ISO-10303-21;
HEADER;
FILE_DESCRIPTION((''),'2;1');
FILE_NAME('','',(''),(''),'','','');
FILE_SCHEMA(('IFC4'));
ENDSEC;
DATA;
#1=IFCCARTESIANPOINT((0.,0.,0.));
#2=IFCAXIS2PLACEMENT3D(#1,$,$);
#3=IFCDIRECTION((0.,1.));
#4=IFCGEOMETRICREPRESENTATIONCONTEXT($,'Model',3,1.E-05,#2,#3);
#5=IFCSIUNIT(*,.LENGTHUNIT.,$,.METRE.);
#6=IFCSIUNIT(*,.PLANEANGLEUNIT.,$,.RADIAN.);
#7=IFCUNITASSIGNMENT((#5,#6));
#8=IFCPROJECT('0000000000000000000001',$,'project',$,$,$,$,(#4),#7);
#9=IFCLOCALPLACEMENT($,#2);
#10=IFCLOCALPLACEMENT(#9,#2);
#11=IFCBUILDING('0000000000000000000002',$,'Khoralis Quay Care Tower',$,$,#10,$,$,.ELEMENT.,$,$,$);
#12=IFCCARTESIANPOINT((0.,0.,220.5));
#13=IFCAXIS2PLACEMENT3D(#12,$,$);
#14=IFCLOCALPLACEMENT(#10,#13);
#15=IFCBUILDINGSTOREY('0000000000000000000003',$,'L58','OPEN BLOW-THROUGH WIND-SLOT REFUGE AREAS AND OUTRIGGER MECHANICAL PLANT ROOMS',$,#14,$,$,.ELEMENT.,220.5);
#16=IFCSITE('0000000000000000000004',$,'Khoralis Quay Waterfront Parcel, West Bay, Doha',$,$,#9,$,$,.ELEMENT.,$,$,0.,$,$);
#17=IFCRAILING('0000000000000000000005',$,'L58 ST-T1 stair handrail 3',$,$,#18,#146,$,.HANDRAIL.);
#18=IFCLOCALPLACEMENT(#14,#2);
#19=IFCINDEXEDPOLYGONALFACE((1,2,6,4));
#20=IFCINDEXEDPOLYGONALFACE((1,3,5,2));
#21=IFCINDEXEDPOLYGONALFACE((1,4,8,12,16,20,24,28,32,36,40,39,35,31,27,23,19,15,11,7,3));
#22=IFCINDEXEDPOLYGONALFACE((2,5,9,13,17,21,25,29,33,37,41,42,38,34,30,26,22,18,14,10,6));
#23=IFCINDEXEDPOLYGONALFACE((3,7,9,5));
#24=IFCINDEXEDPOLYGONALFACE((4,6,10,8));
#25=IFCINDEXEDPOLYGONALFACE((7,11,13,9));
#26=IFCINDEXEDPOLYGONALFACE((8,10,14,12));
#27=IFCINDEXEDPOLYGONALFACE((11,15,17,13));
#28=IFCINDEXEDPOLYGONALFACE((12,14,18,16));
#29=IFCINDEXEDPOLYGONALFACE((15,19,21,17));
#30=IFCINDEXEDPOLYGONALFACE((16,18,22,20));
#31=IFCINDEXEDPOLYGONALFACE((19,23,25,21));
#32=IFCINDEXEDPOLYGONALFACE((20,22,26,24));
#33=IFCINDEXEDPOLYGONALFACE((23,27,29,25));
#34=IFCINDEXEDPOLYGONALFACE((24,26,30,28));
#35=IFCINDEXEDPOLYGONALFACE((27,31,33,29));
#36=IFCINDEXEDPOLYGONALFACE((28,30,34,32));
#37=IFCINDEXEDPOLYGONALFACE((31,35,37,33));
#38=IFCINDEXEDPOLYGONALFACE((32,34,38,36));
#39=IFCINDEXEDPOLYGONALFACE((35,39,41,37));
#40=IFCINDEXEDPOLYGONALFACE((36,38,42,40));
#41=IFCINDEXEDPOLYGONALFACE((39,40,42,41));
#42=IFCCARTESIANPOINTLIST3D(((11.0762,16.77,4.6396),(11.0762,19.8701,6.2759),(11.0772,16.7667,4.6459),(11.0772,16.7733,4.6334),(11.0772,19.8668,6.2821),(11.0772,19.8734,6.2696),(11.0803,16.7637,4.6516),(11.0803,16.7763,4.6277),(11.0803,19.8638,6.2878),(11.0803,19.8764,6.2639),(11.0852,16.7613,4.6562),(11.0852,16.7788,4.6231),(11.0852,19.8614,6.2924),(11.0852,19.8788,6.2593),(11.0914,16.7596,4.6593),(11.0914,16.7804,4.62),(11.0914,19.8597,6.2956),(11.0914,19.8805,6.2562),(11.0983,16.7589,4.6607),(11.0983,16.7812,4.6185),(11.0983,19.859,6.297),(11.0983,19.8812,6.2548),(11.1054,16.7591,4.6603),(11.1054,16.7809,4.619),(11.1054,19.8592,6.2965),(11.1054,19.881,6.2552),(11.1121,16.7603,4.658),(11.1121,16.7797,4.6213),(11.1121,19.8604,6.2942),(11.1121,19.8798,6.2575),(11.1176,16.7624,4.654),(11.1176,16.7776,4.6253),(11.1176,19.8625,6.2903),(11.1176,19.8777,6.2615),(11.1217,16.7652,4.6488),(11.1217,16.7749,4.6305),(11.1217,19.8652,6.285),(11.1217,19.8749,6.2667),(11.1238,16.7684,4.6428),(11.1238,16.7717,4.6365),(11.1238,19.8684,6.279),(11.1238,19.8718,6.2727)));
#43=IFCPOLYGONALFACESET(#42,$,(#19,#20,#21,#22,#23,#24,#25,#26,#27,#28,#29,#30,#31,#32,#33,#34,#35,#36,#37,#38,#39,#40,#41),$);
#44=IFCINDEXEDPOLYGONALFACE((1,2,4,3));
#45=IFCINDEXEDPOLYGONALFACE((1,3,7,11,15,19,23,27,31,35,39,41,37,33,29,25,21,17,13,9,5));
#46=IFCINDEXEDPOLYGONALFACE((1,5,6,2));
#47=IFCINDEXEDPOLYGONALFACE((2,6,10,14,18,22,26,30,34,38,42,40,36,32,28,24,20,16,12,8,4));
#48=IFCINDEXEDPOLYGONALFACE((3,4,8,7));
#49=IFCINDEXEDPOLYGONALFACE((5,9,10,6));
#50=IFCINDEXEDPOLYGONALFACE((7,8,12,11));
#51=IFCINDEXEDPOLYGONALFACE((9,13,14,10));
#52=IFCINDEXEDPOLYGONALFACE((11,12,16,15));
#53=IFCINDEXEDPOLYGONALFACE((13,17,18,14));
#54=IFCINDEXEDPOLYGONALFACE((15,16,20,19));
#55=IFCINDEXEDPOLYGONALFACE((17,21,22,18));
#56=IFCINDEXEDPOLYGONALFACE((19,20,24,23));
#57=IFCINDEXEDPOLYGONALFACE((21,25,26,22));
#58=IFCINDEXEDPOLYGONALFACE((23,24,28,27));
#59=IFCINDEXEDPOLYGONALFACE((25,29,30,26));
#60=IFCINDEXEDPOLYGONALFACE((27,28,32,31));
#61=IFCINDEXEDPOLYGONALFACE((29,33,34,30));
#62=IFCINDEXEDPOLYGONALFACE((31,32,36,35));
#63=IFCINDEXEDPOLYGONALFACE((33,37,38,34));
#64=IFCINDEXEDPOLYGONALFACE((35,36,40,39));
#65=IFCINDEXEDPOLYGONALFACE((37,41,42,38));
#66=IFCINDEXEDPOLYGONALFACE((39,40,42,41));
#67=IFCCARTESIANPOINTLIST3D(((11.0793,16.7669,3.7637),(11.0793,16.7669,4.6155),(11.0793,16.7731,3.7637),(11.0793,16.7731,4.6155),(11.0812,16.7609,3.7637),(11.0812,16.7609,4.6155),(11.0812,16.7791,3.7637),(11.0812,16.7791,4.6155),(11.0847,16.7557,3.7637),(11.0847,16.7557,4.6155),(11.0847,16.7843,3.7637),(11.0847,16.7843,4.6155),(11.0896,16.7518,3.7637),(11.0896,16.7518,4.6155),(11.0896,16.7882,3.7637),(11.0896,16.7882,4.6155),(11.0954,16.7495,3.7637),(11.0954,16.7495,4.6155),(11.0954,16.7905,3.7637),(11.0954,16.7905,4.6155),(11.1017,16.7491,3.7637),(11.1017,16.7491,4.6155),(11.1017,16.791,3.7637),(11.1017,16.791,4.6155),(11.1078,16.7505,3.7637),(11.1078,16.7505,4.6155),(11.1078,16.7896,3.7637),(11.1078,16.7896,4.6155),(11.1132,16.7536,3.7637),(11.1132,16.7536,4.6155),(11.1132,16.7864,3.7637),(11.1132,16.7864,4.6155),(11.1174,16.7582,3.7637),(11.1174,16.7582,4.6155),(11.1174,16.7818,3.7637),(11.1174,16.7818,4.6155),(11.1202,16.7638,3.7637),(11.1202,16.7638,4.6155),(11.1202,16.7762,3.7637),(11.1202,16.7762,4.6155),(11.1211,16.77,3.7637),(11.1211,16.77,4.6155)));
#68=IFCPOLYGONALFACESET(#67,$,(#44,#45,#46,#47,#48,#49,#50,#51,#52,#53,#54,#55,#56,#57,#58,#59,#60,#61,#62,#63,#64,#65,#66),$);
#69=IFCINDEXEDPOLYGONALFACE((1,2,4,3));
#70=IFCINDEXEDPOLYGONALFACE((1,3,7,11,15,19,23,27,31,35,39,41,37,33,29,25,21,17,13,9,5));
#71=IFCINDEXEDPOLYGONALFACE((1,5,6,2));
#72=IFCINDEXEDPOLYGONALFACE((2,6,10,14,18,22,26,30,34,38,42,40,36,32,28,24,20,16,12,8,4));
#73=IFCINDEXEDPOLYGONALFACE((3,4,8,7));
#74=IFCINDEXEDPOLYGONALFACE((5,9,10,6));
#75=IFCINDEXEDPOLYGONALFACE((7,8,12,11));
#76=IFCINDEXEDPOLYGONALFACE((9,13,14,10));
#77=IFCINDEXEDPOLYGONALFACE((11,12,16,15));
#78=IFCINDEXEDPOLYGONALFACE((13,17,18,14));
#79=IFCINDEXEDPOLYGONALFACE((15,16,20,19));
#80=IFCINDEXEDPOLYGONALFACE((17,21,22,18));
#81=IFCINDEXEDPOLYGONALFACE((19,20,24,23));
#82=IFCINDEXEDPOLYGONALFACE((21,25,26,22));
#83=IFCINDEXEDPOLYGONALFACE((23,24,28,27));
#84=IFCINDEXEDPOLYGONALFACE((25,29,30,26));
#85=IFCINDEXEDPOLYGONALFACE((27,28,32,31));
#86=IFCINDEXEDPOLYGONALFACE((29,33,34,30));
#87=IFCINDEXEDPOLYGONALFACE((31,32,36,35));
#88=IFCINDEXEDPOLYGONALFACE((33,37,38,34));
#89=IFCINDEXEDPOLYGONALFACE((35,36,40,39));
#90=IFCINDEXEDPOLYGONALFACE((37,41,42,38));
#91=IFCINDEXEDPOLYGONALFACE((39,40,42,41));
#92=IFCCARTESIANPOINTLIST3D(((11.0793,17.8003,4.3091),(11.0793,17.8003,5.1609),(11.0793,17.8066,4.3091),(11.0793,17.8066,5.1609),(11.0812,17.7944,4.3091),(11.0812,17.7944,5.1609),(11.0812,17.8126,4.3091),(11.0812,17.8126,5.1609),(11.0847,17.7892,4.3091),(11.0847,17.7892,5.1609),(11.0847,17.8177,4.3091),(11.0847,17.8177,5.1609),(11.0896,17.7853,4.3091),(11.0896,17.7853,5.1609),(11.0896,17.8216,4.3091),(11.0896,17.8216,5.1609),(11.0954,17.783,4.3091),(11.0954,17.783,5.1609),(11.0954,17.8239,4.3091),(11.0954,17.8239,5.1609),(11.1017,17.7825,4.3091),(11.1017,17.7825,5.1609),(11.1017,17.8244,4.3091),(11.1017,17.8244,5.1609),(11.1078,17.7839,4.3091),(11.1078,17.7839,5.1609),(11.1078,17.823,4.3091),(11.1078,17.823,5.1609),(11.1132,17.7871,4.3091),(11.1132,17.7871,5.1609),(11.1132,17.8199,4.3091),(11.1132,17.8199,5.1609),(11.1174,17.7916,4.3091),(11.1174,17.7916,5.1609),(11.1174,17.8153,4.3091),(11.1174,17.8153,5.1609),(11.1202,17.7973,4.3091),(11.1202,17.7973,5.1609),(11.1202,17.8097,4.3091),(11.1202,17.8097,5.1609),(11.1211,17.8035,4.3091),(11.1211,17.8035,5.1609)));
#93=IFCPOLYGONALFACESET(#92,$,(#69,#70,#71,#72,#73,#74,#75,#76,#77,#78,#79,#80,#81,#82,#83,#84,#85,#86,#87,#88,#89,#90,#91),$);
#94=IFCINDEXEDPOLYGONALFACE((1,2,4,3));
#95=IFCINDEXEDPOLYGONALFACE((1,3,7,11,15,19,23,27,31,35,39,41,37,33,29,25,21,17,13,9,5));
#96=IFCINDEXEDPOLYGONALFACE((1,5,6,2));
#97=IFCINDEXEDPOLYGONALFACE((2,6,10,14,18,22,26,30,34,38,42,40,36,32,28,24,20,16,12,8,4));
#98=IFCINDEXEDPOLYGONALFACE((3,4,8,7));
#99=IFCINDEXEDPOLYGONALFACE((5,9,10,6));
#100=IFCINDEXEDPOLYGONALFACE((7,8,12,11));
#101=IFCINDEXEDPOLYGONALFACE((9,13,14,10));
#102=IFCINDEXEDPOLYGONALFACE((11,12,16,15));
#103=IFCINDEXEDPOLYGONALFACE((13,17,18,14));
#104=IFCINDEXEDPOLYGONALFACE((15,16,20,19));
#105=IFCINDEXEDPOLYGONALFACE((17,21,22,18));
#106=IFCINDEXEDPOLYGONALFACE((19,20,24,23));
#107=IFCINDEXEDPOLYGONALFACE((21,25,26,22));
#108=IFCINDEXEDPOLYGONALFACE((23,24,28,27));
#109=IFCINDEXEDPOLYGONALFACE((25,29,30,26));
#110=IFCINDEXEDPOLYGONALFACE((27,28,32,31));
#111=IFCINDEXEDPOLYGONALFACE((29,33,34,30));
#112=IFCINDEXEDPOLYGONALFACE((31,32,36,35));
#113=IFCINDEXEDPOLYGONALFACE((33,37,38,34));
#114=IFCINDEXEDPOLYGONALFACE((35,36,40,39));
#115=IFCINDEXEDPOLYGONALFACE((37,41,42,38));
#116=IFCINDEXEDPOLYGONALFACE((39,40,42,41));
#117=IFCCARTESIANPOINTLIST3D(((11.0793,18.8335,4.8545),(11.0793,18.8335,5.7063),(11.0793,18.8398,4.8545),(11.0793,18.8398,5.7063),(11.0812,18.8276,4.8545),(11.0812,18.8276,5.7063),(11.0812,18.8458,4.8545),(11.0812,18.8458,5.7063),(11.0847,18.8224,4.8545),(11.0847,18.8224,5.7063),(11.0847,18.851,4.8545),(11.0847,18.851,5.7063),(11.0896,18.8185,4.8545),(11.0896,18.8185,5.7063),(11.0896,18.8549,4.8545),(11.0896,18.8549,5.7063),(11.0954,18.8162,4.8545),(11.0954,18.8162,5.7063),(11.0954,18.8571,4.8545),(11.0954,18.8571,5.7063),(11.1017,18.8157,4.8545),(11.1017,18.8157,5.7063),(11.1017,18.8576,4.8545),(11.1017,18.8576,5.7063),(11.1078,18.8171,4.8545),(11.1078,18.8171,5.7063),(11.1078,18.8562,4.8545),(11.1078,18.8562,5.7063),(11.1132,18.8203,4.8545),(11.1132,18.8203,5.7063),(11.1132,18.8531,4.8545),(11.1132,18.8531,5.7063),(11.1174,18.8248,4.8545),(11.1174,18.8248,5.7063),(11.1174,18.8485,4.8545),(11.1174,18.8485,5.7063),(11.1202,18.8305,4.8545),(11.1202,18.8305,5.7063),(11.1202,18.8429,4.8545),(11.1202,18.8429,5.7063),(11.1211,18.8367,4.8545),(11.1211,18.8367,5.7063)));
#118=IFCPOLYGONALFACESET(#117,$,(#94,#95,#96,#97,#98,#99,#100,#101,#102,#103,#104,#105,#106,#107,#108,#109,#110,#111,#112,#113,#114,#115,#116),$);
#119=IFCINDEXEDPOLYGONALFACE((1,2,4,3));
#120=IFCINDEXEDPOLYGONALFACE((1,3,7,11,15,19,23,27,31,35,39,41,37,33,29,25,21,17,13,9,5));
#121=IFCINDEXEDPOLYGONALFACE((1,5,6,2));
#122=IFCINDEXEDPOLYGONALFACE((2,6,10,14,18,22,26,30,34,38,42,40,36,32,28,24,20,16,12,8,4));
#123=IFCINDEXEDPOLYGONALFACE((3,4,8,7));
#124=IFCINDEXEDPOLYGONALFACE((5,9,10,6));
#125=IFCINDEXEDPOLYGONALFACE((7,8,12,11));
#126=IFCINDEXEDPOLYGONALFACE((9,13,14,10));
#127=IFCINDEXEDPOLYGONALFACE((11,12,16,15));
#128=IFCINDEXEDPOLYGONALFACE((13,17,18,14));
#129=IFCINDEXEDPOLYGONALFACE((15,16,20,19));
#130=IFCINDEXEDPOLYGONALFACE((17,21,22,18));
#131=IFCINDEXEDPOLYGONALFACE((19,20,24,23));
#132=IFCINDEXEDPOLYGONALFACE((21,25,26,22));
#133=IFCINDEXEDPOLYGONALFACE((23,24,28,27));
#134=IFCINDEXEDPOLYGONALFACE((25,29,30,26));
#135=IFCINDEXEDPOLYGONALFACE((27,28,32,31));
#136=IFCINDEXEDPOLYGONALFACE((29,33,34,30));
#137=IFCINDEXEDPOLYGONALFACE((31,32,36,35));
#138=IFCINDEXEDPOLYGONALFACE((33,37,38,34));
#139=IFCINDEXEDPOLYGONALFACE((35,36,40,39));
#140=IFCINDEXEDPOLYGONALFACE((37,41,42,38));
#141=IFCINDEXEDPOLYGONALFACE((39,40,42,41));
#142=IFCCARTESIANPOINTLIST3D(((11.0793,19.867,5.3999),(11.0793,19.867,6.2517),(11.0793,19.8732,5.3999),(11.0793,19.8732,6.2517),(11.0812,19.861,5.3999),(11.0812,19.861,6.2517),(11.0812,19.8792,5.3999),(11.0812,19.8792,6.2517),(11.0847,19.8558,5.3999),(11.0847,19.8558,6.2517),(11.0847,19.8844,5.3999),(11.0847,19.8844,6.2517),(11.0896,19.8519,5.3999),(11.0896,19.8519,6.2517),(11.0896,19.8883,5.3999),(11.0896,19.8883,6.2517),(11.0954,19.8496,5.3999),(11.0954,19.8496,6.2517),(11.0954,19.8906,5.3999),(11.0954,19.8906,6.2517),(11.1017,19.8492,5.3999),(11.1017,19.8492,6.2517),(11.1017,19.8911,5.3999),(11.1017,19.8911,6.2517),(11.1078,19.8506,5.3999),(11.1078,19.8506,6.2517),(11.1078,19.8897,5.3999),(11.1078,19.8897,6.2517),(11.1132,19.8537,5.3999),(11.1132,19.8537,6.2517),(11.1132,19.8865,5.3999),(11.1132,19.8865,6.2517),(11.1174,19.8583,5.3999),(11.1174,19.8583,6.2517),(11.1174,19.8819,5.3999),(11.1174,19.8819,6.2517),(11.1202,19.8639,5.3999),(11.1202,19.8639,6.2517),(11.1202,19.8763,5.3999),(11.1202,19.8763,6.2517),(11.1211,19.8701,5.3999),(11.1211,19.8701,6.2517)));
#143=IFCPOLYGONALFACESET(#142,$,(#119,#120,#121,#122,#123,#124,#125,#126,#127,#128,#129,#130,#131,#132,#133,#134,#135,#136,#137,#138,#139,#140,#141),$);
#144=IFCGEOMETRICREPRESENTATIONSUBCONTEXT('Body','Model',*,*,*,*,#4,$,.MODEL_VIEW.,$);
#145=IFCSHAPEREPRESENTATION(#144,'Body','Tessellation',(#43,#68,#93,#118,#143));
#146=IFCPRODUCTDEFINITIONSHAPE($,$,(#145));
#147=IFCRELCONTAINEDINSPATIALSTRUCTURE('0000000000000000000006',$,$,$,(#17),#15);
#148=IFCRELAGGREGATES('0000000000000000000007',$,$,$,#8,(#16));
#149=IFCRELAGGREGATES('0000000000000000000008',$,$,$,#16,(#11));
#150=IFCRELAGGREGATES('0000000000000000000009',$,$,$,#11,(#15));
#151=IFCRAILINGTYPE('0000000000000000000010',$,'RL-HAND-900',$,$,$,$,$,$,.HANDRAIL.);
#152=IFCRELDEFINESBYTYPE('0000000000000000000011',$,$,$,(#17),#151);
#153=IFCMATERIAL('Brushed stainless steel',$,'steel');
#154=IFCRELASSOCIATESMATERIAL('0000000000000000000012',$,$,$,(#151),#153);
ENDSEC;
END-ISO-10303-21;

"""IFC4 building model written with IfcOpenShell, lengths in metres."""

from ifc_helpers import new_model, si_unit, direction, frame, origin, origin_2d, place, context, subcontext, project, spatial, circle, extrude, material, type_object, element, save


model = new_model("IFC4")

# Units and contexts
model_context = context("Model", 3, precision=1e-05, world=origin(), true_north=direction((0.0, 1.0)))
body_context = subcontext(model_context, "Body", "Model", "MODEL_VIEW")
ifc_project = project(units=[si_unit("LENGTHUNIT", "METRE"), si_unit("PLANEANGLEUNIT", "RADIAN")], contexts=[model_context])

# Site, building, storey
site_placement = place(None, origin())
site = spatial("IfcSite", under=ifc_project, at=site_placement, Name="Khoralis Quay Waterfront Parcel, West Bay, Doha", CompositionType="ELEMENT", RefElevation=0.0)
building_placement = place(site_placement, origin())
building = spatial("IfcBuilding", under=site, at=building_placement, Name="Khoralis Quay Care Tower", CompositionType="ELEMENT")
storey_placement = place(building_placement, frame((0.0, 0.0, 220.5)))
storey = spatial("IfcBuildingStorey", under=building, at=storey_placement, Name="L58", Description="OPEN BLOW-THROUGH WIND-SLOT REFUGE AREAS AND OUTRIGGER MECHANICAL PLANT ROOMS", CompositionType="ELEMENT", Elevation=220.5)

# Shared definitions
ifc_material_1 = material(Name="Brushed stainless steel", Category="steel")

# Railing
railing_type_1 = type_object("IfcRailingType", Name="RL-HAND-900", PredefinedType="HANDRAIL", material=ifc_material_1)
railing_1_placement = place(storey_placement, frame((11.1001, 16.77, 3.7637)))
element("IfcRailing", 1, at=railing_1_placement, inside=storey, type_object=railing_type_1, Name="L58 ST-T1 stair handrail 3", PredefinedType="HANDRAIL", context=body_context, shape_type="SweptSolid", body=[
    extrude(circle(Radius=0.0239, at=origin_2d()), frame((0.0, 0.0, 0.876), z_axis=(0.0, 0.884377, 0.466774), x_axis=(-1.0, 0.0, 0.0)), (0.0, 0.0, 1.0), 3.5054),
    extrude(circle(Radius=0.021, at=origin_2d()), origin(), (0.0, 0.0, 1.0), 0.8518),
    extrude(circle(Radius=0.021, at=origin_2d()), frame((0.0, 1.0334, 0.5454)), (0.0, 0.0, 1.0), 0.8518),
    extrude(circle(Radius=0.021, at=origin_2d()), frame((0.0, 2.0667, 1.0908)), (0.0, 0.0, 1.0), 0.8518),
    extrude(circle(Radius=0.021, at=origin_2d()), frame((0.0, 3.1001, 1.6362)), (0.0, 0.0, 1.0), 0.8518),
])

save(model, "model.ifc")
